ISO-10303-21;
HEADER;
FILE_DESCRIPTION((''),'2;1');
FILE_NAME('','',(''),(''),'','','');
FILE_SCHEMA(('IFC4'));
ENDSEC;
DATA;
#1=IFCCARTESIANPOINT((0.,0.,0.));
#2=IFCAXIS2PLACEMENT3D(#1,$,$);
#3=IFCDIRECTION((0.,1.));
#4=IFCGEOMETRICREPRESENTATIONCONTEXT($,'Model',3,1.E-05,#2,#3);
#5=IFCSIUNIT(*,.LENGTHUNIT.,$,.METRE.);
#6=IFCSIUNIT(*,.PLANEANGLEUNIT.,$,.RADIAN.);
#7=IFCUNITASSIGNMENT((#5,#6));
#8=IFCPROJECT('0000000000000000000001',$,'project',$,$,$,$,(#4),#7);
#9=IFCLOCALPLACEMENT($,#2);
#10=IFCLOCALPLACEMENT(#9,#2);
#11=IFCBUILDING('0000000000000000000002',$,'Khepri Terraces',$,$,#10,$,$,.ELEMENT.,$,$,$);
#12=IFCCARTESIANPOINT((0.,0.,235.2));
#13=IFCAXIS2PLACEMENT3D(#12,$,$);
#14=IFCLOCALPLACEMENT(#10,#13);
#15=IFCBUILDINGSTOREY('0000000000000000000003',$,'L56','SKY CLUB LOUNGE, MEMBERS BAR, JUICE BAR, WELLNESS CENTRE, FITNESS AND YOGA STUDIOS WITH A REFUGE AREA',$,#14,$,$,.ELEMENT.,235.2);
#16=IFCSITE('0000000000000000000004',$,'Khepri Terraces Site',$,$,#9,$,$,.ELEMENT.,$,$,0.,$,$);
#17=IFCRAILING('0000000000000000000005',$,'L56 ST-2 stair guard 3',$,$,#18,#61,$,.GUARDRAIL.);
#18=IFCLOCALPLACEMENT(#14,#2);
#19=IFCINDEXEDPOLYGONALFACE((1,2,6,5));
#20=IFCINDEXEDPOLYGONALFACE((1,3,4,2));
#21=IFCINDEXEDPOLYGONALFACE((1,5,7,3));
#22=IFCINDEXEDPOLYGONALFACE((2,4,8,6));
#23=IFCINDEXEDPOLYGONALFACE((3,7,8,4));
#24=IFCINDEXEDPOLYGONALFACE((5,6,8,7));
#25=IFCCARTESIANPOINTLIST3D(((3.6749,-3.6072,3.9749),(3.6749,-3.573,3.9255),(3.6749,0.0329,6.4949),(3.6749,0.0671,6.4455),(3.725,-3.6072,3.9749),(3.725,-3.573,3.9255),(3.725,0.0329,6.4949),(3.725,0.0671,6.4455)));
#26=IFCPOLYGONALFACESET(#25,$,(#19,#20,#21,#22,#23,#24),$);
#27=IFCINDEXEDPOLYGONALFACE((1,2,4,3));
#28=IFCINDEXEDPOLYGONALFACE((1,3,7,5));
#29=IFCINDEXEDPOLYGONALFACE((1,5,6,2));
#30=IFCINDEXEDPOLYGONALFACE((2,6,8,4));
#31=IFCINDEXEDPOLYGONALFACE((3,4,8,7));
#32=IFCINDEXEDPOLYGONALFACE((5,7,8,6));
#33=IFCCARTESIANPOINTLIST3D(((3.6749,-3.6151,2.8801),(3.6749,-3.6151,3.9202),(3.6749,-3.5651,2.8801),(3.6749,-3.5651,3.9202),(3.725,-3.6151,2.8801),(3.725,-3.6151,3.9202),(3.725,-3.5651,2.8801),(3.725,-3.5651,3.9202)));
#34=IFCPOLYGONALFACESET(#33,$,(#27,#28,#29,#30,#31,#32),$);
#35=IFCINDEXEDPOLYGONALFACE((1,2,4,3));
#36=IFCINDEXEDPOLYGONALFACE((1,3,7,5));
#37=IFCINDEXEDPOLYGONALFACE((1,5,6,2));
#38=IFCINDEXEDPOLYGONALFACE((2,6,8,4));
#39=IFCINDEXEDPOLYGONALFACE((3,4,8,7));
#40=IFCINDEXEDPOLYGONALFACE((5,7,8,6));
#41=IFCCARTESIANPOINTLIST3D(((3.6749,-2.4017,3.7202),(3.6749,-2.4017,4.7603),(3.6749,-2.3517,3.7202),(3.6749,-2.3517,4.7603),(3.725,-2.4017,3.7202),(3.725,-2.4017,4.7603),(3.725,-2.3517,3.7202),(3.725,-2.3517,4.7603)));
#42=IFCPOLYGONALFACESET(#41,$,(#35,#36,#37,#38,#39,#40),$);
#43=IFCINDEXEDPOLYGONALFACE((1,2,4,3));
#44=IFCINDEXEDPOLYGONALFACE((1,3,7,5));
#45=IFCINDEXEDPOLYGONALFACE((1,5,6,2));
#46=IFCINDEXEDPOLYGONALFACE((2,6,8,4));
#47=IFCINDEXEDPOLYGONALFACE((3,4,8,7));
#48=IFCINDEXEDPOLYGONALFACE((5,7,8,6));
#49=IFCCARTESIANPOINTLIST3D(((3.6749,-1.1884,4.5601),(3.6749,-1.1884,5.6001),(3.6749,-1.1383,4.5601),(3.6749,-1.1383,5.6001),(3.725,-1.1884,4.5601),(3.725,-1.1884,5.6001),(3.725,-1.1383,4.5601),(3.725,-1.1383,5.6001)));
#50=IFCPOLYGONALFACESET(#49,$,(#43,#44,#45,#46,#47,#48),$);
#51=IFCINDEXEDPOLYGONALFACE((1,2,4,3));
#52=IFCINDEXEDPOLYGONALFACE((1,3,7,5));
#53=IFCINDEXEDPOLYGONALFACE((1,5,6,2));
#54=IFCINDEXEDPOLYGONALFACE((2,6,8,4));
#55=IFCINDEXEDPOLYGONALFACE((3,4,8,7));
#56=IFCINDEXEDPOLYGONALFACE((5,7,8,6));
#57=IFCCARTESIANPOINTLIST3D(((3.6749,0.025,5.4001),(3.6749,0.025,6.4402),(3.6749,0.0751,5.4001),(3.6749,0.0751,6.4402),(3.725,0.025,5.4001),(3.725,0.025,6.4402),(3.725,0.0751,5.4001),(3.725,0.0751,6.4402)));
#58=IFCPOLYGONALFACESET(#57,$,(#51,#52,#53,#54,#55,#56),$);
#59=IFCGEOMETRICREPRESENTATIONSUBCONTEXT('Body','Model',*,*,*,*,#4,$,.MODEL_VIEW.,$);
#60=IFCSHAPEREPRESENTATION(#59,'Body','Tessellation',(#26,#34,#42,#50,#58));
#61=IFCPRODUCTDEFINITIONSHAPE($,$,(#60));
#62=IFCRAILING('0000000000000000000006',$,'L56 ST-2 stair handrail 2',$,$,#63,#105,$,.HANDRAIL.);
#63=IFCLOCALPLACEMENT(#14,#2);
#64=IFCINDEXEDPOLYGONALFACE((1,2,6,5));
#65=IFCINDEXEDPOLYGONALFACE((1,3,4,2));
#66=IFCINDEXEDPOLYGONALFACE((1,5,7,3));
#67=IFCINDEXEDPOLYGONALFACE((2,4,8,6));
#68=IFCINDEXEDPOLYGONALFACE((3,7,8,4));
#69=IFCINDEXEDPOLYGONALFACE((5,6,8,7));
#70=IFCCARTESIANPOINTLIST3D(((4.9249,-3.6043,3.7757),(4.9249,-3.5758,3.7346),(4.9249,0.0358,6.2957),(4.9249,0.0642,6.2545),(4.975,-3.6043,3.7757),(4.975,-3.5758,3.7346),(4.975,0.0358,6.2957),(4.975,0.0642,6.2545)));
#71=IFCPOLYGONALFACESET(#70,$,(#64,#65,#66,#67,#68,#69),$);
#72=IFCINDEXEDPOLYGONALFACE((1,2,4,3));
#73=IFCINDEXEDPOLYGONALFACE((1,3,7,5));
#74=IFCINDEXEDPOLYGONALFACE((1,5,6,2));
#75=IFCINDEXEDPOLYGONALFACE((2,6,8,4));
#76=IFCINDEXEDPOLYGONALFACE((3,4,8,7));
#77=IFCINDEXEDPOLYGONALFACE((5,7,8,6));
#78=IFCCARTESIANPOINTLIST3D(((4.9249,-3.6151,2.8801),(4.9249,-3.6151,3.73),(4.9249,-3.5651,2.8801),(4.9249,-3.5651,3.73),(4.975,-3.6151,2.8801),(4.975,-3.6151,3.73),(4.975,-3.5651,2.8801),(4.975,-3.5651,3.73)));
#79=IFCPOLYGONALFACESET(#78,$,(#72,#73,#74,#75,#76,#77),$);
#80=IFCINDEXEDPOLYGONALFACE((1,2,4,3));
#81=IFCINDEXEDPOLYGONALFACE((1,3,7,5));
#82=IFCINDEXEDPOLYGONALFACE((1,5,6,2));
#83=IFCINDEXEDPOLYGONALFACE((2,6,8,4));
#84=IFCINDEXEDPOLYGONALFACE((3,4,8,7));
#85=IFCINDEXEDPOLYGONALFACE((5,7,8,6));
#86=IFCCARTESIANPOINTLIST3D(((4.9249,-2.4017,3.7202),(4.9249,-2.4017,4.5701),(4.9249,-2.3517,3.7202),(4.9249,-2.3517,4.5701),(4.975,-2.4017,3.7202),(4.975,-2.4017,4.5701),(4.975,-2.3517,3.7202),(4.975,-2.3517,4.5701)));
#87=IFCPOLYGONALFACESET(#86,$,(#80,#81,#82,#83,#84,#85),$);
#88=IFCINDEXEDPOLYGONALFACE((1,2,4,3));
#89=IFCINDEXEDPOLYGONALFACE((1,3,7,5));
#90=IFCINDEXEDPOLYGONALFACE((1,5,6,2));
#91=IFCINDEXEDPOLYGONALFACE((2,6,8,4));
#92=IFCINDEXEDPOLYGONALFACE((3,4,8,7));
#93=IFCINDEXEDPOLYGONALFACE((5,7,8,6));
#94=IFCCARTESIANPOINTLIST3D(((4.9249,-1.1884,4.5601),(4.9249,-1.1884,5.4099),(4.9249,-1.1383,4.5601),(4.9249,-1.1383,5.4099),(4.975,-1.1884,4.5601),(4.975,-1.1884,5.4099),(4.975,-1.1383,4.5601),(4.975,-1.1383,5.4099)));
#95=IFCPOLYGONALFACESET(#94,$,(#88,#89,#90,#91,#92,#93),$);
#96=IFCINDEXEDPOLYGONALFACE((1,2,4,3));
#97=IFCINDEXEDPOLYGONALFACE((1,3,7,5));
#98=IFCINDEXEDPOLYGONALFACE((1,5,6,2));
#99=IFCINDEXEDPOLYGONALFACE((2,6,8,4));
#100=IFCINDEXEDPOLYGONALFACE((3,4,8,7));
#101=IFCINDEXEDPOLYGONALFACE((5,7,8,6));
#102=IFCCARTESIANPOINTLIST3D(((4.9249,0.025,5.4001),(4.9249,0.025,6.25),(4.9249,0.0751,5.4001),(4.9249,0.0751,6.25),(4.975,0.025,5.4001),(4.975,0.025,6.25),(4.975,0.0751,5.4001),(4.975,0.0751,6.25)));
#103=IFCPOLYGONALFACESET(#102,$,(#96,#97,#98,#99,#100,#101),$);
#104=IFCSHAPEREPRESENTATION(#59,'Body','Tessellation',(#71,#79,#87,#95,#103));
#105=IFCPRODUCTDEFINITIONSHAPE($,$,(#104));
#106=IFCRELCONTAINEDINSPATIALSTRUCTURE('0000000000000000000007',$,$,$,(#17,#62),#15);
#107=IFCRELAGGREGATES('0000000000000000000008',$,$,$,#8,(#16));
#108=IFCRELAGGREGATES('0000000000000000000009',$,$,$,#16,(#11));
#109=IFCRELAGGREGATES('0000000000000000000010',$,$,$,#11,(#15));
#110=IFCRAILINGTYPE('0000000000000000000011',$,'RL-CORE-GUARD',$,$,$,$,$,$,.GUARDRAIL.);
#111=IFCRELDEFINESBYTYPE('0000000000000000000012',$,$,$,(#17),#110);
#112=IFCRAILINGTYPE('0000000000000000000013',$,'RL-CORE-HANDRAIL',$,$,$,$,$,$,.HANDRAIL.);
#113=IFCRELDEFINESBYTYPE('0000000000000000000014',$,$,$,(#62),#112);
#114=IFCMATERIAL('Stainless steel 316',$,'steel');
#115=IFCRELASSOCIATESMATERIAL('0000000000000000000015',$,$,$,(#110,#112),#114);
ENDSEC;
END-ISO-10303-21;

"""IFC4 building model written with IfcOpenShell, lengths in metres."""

from ifc_helpers import new_model, si_unit, direction, frame, origin, origin_2d, place, context, subcontext, project, spatial, rectangle, extrude, material, type_object, element, save


model = new_model("IFC4")

# Units and contexts
model_context = context("Model", 3, precision=1e-05, world=origin(), true_north=direction((0.0, 1.0)))
body_context = subcontext(model_context, "Body", "Model", "MODEL_VIEW")
ifc_project = project(units=[si_unit("LENGTHUNIT", "METRE"), si_unit("PLANEANGLEUNIT", "RADIAN")], contexts=[model_context])

# Site, building, storey
site_placement = place(None, origin())
site = spatial("IfcSite", under=ifc_project, at=site_placement, Name="Khepri Terraces Site", CompositionType="ELEMENT", RefElevation=0.0)
building_placement = place(site_placement, origin())
building = spatial("IfcBuilding", under=site, at=building_placement, Name="Khepri Terraces", CompositionType="ELEMENT")
storey_placement = place(building_placement, frame((0.0, 0.0, 235.2)))
storey = spatial("IfcBuildingStorey", under=building, at=storey_placement, Name="L56", Description="SKY CLUB LOUNGE, MEMBERS BAR, JUICE BAR, WELLNESS CENTRE, FITNESS AND YOGA STUDIOS WITH A REFUGE AREA", CompositionType="ELEMENT", Elevation=235.2)

# Railings
ifc_material_1 = material(Name="Stainless steel 316", Category="steel")
railing_type_1 = type_object("IfcRailingType", Name="RL-CORE-GUARD", PredefinedType="GUARDRAIL", material=ifc_material_1)
railing_1_placement = place(storey_placement, frame((3.7, -3.5901, 2.8801)))
element("IfcRailing", 1, at=railing_1_placement, inside=storey, type_object=railing_type_1, Name="L56 ST-2 stair guard 3", PredefinedType="GUARDRAIL", context=body_context, shape_type="SweptSolid", body=[
    extrude(rectangle(XDim=0.05, YDim=0.0601, at=origin_2d()), frame((0.0, 0.0, 1.0701), z_axis=(0.0, 0.8222, 0.569199), x_axis=(-1.0, 0.0, 0.0)), (0.0, 0.0, 1.0), 4.4272),
    extrude(rectangle(XDim=0.05, YDim=0.05, at=origin_2d()), origin(), (0.0, 0.0, 1.0), 1.04),
    extrude(rectangle(XDim=0.05, YDim=0.05, at=origin_2d()), frame((0.0, 1.2134, 0.8401)), (0.0, 0.0, 1.0), 1.04),
    extrude(rectangle(XDim=0.05, YDim=0.05, at=origin_2d()), frame((0.0, 2.4268, 1.6799)), (0.0, 0.0, 1.0), 1.04),
    extrude(rectangle(XDim=0.05, YDim=0.05, at=origin_2d()), frame((0.0, 3.6401, 2.52)), (0.0, 0.0, 1.0), 1.04),
])
railing_type_2 = type_object("IfcRailingType", Name="RL-CORE-HANDRAIL", PredefinedType="HANDRAIL", material=ifc_material_1)
railing_2_placement = place(storey_placement, frame((4.95, -3.5901, 2.8801)))
element("IfcRailing", 2, at=railing_2_placement, inside=storey, type_object=railing_type_2, Name="L56 ST-2 stair handrail 2", PredefinedType="HANDRAIL", context=body_context, shape_type="SweptSolid", body=[
    extrude(rectangle(XDim=0.05, YDim=0.05, at=origin_2d()), frame((0.0, 0.0, 0.875), z_axis=(0.0, 0.8222, 0.569199), x_axis=(-1.0, 0.0, 0.0)), (0.0, 0.0, 1.0), 4.4272),
    extrude(rectangle(XDim=0.05, YDim=0.05, at=origin_2d()), origin(), (0.0, 0.0, 1.0), 0.8499),
    extrude(rectangle(XDim=0.05, YDim=0.05, at=origin_2d()), frame((0.0, 1.2134, 0.8401)), (0.0, 0.0, 1.0), 0.8499),
    extrude(rectangle(XDim=0.05, YDim=0.05, at=origin_2d()), frame((0.0, 2.4268, 1.6799)), (0.0, 0.0, 1.0), 0.8499),
    extrude(rectangle(XDim=0.05, YDim=0.05, at=origin_2d()), frame((0.0, 3.6401, 2.52)), (0.0, 0.0, 1.0), 0.8499),
])

save(model, "model.ifc")
